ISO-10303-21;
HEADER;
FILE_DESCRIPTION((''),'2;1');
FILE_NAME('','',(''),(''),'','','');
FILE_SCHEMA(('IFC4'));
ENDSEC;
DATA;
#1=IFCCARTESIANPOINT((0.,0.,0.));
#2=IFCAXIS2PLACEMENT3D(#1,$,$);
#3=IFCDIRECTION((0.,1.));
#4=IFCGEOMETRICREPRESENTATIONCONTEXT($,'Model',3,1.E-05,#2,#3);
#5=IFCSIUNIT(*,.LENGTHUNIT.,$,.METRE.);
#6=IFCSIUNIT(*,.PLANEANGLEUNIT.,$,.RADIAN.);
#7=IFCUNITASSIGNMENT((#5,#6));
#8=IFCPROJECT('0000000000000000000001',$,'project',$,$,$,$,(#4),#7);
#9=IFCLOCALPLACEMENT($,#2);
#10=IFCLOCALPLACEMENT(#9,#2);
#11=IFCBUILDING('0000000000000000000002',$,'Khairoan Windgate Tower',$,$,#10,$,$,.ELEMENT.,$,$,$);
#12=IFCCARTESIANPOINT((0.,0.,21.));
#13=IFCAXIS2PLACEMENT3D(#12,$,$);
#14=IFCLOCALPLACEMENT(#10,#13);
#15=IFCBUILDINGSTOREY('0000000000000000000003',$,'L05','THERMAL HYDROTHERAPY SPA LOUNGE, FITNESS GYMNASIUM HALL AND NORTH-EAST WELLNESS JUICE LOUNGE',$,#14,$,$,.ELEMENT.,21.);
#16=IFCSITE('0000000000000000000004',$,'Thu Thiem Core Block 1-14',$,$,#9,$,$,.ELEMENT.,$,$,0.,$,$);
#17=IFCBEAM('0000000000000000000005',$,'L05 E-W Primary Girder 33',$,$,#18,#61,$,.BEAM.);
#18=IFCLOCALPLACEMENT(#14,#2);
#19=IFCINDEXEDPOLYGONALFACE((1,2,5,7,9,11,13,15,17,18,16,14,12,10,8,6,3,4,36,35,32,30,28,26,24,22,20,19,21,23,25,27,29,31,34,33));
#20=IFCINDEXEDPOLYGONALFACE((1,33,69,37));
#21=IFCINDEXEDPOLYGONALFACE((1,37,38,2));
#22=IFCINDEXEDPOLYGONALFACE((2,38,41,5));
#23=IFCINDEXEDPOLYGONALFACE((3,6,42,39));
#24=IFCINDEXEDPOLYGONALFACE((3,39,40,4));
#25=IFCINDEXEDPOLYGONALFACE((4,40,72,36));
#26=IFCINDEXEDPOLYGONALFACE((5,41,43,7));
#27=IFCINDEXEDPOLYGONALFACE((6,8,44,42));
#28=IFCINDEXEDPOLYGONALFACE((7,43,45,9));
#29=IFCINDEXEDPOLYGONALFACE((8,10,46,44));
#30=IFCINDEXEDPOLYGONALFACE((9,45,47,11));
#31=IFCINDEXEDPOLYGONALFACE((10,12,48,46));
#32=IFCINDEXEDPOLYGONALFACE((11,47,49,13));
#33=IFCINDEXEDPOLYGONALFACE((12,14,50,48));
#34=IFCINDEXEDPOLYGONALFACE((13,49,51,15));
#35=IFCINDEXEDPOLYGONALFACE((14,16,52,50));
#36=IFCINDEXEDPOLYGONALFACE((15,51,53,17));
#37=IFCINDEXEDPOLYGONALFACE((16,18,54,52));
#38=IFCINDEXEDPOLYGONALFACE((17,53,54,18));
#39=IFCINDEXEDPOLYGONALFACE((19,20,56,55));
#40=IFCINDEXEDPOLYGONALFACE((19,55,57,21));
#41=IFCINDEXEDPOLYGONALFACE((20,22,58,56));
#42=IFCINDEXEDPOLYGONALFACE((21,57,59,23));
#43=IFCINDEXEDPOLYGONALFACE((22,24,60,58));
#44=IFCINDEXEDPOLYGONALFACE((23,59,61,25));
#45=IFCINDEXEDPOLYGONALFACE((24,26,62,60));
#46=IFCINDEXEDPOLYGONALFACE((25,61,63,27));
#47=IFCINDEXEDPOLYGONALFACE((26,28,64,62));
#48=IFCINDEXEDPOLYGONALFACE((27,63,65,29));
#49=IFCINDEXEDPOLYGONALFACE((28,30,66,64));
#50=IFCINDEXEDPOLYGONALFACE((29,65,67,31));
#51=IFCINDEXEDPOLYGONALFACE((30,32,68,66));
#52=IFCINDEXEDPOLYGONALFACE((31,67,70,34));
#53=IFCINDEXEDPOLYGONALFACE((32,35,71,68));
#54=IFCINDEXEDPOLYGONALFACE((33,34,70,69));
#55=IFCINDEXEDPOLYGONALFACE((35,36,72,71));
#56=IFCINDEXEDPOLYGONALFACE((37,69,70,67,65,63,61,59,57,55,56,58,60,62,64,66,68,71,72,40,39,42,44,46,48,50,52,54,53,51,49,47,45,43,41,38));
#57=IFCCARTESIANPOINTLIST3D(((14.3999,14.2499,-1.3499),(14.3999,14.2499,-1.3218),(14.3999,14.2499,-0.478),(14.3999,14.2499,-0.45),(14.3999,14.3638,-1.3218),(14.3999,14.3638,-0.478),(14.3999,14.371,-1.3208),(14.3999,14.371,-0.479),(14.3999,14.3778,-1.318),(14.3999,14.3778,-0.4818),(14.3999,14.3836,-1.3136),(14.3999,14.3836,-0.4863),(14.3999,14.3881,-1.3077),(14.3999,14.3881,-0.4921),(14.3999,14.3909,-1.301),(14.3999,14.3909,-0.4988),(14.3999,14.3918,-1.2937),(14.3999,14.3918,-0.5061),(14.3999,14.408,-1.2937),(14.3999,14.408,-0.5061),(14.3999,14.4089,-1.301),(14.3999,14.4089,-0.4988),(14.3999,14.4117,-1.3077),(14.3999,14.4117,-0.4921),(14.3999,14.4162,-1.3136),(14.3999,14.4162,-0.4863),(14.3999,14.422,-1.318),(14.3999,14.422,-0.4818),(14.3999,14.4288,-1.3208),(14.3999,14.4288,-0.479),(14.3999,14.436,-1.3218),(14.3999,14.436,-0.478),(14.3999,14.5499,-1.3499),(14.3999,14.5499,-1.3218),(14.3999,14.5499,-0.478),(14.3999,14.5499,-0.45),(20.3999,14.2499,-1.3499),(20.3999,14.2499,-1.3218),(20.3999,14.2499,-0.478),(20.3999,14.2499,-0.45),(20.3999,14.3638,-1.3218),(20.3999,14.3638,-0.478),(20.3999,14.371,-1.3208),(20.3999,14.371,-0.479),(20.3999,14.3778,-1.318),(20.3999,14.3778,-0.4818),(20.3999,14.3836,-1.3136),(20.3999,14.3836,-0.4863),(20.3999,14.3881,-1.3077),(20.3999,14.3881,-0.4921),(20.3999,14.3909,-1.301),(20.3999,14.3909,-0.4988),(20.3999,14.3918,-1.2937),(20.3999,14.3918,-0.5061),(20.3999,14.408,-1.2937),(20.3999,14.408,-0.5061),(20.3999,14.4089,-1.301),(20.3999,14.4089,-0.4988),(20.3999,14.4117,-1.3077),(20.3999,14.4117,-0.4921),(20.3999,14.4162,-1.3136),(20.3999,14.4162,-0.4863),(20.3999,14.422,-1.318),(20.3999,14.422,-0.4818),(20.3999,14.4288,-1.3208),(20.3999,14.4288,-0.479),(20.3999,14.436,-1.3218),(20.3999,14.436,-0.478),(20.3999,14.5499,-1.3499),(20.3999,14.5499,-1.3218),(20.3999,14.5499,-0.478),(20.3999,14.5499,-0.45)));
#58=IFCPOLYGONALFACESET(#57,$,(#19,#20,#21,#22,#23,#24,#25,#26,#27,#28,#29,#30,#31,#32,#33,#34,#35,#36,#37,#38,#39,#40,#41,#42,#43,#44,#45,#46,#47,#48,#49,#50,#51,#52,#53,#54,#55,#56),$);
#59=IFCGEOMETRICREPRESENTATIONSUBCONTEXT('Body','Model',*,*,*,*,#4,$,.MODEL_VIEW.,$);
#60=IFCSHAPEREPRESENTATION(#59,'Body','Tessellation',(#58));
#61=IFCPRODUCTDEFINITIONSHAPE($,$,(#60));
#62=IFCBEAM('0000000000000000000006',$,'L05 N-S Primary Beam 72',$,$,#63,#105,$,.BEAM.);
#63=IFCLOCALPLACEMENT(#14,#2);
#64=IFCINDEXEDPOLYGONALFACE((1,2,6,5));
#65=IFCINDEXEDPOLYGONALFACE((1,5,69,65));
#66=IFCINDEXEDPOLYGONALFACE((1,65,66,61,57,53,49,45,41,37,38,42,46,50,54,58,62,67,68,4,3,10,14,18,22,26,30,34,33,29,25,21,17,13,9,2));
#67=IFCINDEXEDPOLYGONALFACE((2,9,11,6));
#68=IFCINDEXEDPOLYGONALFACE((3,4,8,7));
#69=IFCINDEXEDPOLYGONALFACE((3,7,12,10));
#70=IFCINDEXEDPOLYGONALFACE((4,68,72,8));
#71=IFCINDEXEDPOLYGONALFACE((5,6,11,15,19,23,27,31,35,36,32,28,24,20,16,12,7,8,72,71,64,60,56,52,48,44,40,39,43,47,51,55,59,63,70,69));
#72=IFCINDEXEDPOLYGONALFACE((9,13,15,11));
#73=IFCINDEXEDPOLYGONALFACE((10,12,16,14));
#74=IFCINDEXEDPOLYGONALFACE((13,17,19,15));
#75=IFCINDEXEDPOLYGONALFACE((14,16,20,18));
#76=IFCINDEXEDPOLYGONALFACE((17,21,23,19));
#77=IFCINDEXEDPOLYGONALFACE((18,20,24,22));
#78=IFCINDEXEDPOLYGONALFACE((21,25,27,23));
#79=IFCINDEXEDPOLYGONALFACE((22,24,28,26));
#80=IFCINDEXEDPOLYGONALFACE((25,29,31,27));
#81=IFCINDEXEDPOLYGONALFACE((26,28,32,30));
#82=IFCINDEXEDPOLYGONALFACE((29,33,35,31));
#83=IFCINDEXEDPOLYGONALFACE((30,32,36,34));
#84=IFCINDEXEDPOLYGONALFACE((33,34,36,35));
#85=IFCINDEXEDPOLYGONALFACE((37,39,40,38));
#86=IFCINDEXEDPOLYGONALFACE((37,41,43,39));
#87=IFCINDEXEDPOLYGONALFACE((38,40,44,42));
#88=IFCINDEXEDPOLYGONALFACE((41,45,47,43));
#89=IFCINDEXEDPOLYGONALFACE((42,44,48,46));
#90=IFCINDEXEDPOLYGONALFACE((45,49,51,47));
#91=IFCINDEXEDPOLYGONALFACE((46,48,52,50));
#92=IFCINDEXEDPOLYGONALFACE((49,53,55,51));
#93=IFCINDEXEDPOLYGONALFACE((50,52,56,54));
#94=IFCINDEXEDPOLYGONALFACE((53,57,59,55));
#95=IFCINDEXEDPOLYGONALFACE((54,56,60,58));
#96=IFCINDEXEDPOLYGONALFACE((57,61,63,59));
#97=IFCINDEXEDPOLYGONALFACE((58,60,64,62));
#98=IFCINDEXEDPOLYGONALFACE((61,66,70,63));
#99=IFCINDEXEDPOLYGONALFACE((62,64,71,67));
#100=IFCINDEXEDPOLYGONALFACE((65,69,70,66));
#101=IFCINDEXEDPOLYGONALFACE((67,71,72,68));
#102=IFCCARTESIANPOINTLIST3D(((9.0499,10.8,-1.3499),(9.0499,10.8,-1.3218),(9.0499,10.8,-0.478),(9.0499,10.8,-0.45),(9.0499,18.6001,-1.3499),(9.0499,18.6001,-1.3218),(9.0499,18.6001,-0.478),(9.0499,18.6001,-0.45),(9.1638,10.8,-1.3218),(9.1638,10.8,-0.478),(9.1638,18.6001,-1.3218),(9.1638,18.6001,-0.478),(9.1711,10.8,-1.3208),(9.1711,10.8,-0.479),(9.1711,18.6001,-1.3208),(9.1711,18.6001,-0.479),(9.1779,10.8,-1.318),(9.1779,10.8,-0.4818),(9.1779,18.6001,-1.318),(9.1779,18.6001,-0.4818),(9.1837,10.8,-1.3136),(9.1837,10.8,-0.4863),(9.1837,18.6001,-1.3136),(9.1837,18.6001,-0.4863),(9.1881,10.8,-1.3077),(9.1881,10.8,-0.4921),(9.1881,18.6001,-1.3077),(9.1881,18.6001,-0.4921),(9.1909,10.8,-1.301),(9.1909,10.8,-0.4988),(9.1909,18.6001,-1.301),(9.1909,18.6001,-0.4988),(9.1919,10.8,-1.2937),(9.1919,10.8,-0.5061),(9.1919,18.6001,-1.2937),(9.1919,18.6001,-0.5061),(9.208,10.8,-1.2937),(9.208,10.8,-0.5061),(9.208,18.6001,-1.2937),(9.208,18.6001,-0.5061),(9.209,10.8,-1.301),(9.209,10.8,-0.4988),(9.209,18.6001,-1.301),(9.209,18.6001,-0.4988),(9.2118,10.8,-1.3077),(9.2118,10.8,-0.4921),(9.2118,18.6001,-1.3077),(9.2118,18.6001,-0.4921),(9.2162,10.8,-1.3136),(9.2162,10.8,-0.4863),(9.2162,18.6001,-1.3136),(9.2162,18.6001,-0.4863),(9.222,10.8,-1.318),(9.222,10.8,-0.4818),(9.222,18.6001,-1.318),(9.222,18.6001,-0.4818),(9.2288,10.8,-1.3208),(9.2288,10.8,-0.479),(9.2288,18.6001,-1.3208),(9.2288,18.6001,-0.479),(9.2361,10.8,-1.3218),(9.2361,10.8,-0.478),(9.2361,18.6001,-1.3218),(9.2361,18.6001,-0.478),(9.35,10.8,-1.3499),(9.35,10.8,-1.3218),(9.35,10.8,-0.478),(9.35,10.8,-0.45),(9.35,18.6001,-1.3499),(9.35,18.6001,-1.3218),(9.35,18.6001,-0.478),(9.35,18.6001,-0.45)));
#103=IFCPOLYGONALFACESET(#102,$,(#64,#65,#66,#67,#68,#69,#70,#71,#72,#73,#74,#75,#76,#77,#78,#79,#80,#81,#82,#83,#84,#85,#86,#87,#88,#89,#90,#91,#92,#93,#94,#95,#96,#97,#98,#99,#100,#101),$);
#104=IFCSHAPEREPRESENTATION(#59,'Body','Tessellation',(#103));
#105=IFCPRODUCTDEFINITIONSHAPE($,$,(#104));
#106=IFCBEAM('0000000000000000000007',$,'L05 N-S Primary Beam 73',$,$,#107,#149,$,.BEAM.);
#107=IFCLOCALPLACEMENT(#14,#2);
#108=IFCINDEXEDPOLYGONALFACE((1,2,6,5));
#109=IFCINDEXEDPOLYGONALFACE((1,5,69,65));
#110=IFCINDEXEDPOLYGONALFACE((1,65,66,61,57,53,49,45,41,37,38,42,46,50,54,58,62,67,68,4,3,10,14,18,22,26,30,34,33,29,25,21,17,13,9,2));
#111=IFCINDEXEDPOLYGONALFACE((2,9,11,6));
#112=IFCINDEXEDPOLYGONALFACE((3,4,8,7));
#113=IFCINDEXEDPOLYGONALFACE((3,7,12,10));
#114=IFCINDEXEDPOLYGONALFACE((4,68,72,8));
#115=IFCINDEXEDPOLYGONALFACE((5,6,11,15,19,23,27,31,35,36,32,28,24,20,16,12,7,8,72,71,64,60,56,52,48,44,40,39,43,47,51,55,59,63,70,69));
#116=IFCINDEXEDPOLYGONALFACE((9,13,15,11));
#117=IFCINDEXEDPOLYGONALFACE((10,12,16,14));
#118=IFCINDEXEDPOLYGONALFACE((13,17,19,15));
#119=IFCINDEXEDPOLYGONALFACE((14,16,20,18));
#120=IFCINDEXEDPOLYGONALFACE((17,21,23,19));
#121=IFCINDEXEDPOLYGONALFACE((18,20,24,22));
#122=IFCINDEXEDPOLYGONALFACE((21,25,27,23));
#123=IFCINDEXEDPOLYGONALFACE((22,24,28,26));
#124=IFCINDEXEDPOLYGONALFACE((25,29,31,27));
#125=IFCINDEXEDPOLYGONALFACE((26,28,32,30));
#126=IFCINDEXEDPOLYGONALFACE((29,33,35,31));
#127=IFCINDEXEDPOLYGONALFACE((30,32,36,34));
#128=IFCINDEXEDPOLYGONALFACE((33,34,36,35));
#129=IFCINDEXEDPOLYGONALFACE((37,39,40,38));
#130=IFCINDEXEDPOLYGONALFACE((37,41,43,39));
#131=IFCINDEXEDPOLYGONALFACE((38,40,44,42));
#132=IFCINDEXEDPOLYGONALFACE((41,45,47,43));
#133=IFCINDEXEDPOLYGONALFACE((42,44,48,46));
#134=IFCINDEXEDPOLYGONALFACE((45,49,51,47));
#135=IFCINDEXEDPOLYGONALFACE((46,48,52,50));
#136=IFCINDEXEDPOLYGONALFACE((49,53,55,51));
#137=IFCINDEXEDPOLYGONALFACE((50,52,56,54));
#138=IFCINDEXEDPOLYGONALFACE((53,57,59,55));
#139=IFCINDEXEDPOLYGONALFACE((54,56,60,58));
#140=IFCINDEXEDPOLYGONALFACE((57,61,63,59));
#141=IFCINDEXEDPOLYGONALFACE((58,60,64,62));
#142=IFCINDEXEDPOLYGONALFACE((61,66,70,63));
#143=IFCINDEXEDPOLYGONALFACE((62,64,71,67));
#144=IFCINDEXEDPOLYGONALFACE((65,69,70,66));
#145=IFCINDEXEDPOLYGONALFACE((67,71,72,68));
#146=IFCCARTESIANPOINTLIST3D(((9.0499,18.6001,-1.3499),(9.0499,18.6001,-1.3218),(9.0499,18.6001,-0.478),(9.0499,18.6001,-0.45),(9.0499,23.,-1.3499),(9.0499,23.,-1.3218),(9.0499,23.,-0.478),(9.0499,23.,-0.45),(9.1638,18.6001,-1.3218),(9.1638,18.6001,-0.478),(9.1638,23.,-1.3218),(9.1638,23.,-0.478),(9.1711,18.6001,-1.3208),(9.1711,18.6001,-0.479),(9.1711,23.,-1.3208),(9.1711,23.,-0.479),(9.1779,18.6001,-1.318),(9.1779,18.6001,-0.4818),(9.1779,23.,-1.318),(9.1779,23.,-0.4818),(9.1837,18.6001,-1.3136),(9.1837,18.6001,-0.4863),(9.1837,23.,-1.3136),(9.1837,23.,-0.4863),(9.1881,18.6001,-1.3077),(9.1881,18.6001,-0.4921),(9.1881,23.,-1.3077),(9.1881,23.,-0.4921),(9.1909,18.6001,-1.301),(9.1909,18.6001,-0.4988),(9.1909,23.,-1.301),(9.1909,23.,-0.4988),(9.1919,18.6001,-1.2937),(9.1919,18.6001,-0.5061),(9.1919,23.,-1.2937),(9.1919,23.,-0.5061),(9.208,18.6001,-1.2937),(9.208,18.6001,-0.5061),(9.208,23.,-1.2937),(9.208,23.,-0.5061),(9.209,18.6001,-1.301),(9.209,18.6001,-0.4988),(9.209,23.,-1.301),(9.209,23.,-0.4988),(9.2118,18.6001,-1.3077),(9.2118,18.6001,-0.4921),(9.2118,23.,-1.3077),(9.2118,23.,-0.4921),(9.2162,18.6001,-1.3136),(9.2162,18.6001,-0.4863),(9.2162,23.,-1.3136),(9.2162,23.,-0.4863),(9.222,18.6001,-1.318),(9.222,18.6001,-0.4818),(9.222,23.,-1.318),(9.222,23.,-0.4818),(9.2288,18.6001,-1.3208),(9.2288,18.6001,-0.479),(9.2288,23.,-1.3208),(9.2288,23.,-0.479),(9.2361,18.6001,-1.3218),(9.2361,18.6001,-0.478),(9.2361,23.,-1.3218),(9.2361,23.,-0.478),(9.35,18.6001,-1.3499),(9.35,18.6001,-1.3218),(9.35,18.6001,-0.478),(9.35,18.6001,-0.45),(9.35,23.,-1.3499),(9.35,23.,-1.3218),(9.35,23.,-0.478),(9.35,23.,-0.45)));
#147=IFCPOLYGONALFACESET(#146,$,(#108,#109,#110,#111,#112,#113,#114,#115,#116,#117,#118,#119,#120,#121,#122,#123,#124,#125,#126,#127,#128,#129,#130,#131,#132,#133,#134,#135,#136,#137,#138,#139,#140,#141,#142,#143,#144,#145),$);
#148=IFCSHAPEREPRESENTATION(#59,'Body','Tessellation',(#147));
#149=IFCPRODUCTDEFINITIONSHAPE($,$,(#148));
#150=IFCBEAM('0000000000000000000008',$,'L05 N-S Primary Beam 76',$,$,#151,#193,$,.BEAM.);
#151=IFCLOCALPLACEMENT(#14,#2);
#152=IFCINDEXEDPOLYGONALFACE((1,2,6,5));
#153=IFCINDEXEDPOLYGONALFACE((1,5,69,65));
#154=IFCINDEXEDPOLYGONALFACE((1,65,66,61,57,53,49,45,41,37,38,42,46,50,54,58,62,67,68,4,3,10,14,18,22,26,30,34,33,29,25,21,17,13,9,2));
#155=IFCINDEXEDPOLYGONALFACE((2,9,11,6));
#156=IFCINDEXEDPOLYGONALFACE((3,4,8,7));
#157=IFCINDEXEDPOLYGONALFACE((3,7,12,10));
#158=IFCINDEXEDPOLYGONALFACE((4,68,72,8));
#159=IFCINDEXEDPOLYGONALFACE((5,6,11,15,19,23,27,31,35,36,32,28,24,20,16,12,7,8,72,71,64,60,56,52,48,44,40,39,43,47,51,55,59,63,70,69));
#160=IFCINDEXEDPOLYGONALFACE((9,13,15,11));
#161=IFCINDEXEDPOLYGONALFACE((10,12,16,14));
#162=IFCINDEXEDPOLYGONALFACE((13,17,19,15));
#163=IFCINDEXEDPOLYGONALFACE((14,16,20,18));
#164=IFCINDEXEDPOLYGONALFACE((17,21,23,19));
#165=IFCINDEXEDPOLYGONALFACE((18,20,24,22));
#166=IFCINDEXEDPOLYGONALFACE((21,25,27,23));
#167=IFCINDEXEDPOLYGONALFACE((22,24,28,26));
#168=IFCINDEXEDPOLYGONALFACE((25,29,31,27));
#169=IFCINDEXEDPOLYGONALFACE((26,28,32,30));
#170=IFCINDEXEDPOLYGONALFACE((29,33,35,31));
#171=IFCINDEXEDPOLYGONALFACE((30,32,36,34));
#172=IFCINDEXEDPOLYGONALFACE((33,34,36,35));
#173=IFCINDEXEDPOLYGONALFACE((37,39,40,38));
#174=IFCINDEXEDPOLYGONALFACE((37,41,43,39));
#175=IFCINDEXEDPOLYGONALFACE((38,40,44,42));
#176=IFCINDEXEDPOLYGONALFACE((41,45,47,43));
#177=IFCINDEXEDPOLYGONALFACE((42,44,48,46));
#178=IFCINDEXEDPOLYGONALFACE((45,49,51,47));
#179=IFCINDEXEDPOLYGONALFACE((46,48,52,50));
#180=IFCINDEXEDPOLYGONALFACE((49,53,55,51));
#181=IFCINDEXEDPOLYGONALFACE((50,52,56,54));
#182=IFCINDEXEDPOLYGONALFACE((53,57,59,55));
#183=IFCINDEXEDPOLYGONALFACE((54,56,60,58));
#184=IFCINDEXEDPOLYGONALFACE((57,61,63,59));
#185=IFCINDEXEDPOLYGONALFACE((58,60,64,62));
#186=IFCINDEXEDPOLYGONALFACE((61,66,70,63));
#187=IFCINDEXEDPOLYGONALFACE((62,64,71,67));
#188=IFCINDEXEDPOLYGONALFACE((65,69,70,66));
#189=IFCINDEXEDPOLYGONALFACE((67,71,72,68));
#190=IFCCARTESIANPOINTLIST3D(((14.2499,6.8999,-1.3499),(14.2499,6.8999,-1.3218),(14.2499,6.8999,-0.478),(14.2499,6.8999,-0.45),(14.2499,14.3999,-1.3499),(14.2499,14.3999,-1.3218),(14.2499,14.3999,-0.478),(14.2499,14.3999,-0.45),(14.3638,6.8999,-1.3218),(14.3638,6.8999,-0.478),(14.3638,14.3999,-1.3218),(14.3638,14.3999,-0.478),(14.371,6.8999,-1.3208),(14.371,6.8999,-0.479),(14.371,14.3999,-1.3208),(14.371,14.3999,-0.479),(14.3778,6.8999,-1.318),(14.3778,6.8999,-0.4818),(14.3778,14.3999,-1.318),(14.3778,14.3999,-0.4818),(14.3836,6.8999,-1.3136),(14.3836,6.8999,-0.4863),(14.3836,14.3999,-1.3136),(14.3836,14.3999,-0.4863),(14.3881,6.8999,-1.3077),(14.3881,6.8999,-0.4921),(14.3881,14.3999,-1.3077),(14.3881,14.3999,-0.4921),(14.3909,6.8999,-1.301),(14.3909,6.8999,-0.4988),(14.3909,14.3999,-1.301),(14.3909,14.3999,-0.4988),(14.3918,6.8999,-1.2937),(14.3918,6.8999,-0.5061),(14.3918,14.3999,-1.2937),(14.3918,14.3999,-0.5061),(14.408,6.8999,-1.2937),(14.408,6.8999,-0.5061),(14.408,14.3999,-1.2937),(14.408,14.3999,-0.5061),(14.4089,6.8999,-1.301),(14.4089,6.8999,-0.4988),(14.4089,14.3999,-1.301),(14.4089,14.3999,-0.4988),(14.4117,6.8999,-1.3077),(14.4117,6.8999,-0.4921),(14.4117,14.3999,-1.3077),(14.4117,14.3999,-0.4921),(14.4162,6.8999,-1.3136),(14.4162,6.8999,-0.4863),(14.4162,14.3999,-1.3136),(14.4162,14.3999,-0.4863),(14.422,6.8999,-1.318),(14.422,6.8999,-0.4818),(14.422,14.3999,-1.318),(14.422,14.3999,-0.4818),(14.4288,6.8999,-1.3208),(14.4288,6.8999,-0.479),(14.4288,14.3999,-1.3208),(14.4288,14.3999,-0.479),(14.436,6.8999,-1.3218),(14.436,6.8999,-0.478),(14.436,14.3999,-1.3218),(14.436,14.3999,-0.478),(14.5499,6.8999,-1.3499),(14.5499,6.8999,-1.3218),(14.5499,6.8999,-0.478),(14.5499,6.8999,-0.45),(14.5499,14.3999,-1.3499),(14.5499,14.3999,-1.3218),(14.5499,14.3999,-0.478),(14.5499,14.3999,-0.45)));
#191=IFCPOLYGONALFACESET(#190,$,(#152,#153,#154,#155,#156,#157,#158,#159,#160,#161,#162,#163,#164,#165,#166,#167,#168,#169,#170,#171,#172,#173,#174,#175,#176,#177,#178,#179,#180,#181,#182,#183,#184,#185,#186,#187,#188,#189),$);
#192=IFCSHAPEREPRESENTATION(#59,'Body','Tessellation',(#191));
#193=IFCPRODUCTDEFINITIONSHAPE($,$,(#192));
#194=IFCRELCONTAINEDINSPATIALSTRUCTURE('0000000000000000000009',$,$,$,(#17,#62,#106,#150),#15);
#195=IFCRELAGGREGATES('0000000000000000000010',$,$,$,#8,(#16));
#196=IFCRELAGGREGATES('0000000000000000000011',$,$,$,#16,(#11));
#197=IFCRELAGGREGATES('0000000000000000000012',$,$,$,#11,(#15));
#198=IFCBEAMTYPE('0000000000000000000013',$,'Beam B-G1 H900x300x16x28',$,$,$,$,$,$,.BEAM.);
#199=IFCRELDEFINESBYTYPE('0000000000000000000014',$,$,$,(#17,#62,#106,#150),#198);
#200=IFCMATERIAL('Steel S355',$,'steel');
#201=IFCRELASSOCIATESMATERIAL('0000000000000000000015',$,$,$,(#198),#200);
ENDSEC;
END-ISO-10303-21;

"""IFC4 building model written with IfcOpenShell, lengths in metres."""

from ifc_helpers import new_model, si_unit, direction, frame, origin, origin_2d, place, context, subcontext, project, spatial, i_section, extrude, material, material_profile, profile_set, type_object, element, save


model = new_model("IFC4")

# Units and contexts
model_context = context("Model", 3, precision=1e-05, world=origin(), true_north=direction((0.0, 1.0)))
body_context = subcontext(model_context, "Body", "Model", "MODEL_VIEW")
ifc_project = project(units=[si_unit("LENGTHUNIT", "METRE"), si_unit("PLANEANGLEUNIT", "RADIAN")], contexts=[model_context])

# Site, building, storey
site_placement = place(None, origin())
site = spatial("IfcSite", under=ifc_project, at=site_placement, Name="Thu Thiem Core Block 1-14", CompositionType="ELEMENT", RefElevation=0.0)
building_placement = place(site_placement, origin())
building = spatial("IfcBuilding", under=site, at=building_placement, Name="Khairoan Windgate Tower", CompositionType="ELEMENT")
storey_placement = place(building_placement, frame((0.0, 0.0, 21.0)))
storey = spatial("IfcBuildingStorey", under=building, at=storey_placement, Name="L05", Description="THERMAL HYDROTHERAPY SPA LOUNGE, FITNESS GYMNASIUM HALL AND NORTH-EAST WELLNESS JUICE LOUNGE", CompositionType="ELEMENT", Elevation=21.0)

# Beams
ifc_material_1 = material(Name="Steel S355", Category="steel")
ifc_material_profile_1 = material_profile(ifc_material_1, i_section(OverallWidth=0.3, OverallDepth=0.8999, WebThickness=0.0161, FlangeThickness=0.0281, FilletRadius=0.0281, at=origin_2d()))
ifc_profile_set_1 = profile_set([ifc_material_profile_1], Name="Steel S355")
beam_type_1 = type_object("IfcBeamType", Name="Beam B-G1 H900x300x16x28", PredefinedType="BEAM", material=ifc_profile_set_1)
beam_1_placement = place(storey_placement, frame((14.3999, 14.3999, -0.8999), z_axis=(1.0, 0.0, 0.0), x_axis=(0.0, 1.0, 0.0)))
element("IfcBeam", 1, at=beam_1_placement, inside=storey, type_object=beam_type_1, Name="L05 E-W Primary Girder 33", PredefinedType="BEAM", context=body_context, shape_type="SweptSolid", body=[
    extrude(i_section(OverallWidth=0.3, OverallDepth=0.8999, WebThickness=0.0161, FlangeThickness=0.0281, FilletRadius=0.0281, at=origin_2d()), origin(), (0.0, 0.0, 1.0), 6.0),
])
beam_2_placement = place(storey_placement, frame((9.2, 10.8, -0.8999), z_axis=(0.0, 1.0, 0.0), x_axis=(-1.0, 0.0, 0.0)))
element("IfcBeam", 2, at=beam_2_placement, inside=storey, type_object=beam_type_1, Name="L05 N-S Primary Beam 72", PredefinedType="BEAM", context=body_context, shape_type="SweptSolid", body=[
    extrude(i_section(OverallWidth=0.3, OverallDepth=0.8999, WebThickness=0.0161, FlangeThickness=0.0281, FilletRadius=0.0281, at=origin_2d()), origin(), (0.0, 0.0, 1.0), 7.8),
])
beam_3_placement = place(storey_placement, frame((9.2, 18.6001, -0.8999), z_axis=(0.0, 1.0, 0.0), x_axis=(-1.0, 0.0, 0.0)))
element("IfcBeam", 3, at=beam_3_placement, inside=storey, type_object=beam_type_1, Name="L05 N-S Primary Beam 73", PredefinedType="BEAM", context=body_context, shape_type="SweptSolid", body=[
    extrude(i_section(OverallWidth=0.3, OverallDepth=0.8999, WebThickness=0.0161, FlangeThickness=0.0281, FilletRadius=0.0281, at=origin_2d()), origin(), (0.0, 0.0, 1.0), 4.3999),
])
beam_4_placement = place(storey_placement, frame((14.3999, 6.8999, -0.8999), z_axis=(0.0, 1.0, 0.0), x_axis=(-1.0, 0.0, 0.0)))
element("IfcBeam", 4, at=beam_4_placement, inside=storey, type_object=beam_type_1, Name="L05 N-S Primary Beam 76", PredefinedType="BEAM", context=body_context, shape_type="SweptSolid", body=[
    extrude(i_section(OverallWidth=0.3, OverallDepth=0.8999, WebThickness=0.0161, FlangeThickness=0.0281, FilletRadius=0.0281, at=origin_2d()), origin(), (0.0, 0.0, 1.0), 7.5),
])

save(model, "model.ifc")
